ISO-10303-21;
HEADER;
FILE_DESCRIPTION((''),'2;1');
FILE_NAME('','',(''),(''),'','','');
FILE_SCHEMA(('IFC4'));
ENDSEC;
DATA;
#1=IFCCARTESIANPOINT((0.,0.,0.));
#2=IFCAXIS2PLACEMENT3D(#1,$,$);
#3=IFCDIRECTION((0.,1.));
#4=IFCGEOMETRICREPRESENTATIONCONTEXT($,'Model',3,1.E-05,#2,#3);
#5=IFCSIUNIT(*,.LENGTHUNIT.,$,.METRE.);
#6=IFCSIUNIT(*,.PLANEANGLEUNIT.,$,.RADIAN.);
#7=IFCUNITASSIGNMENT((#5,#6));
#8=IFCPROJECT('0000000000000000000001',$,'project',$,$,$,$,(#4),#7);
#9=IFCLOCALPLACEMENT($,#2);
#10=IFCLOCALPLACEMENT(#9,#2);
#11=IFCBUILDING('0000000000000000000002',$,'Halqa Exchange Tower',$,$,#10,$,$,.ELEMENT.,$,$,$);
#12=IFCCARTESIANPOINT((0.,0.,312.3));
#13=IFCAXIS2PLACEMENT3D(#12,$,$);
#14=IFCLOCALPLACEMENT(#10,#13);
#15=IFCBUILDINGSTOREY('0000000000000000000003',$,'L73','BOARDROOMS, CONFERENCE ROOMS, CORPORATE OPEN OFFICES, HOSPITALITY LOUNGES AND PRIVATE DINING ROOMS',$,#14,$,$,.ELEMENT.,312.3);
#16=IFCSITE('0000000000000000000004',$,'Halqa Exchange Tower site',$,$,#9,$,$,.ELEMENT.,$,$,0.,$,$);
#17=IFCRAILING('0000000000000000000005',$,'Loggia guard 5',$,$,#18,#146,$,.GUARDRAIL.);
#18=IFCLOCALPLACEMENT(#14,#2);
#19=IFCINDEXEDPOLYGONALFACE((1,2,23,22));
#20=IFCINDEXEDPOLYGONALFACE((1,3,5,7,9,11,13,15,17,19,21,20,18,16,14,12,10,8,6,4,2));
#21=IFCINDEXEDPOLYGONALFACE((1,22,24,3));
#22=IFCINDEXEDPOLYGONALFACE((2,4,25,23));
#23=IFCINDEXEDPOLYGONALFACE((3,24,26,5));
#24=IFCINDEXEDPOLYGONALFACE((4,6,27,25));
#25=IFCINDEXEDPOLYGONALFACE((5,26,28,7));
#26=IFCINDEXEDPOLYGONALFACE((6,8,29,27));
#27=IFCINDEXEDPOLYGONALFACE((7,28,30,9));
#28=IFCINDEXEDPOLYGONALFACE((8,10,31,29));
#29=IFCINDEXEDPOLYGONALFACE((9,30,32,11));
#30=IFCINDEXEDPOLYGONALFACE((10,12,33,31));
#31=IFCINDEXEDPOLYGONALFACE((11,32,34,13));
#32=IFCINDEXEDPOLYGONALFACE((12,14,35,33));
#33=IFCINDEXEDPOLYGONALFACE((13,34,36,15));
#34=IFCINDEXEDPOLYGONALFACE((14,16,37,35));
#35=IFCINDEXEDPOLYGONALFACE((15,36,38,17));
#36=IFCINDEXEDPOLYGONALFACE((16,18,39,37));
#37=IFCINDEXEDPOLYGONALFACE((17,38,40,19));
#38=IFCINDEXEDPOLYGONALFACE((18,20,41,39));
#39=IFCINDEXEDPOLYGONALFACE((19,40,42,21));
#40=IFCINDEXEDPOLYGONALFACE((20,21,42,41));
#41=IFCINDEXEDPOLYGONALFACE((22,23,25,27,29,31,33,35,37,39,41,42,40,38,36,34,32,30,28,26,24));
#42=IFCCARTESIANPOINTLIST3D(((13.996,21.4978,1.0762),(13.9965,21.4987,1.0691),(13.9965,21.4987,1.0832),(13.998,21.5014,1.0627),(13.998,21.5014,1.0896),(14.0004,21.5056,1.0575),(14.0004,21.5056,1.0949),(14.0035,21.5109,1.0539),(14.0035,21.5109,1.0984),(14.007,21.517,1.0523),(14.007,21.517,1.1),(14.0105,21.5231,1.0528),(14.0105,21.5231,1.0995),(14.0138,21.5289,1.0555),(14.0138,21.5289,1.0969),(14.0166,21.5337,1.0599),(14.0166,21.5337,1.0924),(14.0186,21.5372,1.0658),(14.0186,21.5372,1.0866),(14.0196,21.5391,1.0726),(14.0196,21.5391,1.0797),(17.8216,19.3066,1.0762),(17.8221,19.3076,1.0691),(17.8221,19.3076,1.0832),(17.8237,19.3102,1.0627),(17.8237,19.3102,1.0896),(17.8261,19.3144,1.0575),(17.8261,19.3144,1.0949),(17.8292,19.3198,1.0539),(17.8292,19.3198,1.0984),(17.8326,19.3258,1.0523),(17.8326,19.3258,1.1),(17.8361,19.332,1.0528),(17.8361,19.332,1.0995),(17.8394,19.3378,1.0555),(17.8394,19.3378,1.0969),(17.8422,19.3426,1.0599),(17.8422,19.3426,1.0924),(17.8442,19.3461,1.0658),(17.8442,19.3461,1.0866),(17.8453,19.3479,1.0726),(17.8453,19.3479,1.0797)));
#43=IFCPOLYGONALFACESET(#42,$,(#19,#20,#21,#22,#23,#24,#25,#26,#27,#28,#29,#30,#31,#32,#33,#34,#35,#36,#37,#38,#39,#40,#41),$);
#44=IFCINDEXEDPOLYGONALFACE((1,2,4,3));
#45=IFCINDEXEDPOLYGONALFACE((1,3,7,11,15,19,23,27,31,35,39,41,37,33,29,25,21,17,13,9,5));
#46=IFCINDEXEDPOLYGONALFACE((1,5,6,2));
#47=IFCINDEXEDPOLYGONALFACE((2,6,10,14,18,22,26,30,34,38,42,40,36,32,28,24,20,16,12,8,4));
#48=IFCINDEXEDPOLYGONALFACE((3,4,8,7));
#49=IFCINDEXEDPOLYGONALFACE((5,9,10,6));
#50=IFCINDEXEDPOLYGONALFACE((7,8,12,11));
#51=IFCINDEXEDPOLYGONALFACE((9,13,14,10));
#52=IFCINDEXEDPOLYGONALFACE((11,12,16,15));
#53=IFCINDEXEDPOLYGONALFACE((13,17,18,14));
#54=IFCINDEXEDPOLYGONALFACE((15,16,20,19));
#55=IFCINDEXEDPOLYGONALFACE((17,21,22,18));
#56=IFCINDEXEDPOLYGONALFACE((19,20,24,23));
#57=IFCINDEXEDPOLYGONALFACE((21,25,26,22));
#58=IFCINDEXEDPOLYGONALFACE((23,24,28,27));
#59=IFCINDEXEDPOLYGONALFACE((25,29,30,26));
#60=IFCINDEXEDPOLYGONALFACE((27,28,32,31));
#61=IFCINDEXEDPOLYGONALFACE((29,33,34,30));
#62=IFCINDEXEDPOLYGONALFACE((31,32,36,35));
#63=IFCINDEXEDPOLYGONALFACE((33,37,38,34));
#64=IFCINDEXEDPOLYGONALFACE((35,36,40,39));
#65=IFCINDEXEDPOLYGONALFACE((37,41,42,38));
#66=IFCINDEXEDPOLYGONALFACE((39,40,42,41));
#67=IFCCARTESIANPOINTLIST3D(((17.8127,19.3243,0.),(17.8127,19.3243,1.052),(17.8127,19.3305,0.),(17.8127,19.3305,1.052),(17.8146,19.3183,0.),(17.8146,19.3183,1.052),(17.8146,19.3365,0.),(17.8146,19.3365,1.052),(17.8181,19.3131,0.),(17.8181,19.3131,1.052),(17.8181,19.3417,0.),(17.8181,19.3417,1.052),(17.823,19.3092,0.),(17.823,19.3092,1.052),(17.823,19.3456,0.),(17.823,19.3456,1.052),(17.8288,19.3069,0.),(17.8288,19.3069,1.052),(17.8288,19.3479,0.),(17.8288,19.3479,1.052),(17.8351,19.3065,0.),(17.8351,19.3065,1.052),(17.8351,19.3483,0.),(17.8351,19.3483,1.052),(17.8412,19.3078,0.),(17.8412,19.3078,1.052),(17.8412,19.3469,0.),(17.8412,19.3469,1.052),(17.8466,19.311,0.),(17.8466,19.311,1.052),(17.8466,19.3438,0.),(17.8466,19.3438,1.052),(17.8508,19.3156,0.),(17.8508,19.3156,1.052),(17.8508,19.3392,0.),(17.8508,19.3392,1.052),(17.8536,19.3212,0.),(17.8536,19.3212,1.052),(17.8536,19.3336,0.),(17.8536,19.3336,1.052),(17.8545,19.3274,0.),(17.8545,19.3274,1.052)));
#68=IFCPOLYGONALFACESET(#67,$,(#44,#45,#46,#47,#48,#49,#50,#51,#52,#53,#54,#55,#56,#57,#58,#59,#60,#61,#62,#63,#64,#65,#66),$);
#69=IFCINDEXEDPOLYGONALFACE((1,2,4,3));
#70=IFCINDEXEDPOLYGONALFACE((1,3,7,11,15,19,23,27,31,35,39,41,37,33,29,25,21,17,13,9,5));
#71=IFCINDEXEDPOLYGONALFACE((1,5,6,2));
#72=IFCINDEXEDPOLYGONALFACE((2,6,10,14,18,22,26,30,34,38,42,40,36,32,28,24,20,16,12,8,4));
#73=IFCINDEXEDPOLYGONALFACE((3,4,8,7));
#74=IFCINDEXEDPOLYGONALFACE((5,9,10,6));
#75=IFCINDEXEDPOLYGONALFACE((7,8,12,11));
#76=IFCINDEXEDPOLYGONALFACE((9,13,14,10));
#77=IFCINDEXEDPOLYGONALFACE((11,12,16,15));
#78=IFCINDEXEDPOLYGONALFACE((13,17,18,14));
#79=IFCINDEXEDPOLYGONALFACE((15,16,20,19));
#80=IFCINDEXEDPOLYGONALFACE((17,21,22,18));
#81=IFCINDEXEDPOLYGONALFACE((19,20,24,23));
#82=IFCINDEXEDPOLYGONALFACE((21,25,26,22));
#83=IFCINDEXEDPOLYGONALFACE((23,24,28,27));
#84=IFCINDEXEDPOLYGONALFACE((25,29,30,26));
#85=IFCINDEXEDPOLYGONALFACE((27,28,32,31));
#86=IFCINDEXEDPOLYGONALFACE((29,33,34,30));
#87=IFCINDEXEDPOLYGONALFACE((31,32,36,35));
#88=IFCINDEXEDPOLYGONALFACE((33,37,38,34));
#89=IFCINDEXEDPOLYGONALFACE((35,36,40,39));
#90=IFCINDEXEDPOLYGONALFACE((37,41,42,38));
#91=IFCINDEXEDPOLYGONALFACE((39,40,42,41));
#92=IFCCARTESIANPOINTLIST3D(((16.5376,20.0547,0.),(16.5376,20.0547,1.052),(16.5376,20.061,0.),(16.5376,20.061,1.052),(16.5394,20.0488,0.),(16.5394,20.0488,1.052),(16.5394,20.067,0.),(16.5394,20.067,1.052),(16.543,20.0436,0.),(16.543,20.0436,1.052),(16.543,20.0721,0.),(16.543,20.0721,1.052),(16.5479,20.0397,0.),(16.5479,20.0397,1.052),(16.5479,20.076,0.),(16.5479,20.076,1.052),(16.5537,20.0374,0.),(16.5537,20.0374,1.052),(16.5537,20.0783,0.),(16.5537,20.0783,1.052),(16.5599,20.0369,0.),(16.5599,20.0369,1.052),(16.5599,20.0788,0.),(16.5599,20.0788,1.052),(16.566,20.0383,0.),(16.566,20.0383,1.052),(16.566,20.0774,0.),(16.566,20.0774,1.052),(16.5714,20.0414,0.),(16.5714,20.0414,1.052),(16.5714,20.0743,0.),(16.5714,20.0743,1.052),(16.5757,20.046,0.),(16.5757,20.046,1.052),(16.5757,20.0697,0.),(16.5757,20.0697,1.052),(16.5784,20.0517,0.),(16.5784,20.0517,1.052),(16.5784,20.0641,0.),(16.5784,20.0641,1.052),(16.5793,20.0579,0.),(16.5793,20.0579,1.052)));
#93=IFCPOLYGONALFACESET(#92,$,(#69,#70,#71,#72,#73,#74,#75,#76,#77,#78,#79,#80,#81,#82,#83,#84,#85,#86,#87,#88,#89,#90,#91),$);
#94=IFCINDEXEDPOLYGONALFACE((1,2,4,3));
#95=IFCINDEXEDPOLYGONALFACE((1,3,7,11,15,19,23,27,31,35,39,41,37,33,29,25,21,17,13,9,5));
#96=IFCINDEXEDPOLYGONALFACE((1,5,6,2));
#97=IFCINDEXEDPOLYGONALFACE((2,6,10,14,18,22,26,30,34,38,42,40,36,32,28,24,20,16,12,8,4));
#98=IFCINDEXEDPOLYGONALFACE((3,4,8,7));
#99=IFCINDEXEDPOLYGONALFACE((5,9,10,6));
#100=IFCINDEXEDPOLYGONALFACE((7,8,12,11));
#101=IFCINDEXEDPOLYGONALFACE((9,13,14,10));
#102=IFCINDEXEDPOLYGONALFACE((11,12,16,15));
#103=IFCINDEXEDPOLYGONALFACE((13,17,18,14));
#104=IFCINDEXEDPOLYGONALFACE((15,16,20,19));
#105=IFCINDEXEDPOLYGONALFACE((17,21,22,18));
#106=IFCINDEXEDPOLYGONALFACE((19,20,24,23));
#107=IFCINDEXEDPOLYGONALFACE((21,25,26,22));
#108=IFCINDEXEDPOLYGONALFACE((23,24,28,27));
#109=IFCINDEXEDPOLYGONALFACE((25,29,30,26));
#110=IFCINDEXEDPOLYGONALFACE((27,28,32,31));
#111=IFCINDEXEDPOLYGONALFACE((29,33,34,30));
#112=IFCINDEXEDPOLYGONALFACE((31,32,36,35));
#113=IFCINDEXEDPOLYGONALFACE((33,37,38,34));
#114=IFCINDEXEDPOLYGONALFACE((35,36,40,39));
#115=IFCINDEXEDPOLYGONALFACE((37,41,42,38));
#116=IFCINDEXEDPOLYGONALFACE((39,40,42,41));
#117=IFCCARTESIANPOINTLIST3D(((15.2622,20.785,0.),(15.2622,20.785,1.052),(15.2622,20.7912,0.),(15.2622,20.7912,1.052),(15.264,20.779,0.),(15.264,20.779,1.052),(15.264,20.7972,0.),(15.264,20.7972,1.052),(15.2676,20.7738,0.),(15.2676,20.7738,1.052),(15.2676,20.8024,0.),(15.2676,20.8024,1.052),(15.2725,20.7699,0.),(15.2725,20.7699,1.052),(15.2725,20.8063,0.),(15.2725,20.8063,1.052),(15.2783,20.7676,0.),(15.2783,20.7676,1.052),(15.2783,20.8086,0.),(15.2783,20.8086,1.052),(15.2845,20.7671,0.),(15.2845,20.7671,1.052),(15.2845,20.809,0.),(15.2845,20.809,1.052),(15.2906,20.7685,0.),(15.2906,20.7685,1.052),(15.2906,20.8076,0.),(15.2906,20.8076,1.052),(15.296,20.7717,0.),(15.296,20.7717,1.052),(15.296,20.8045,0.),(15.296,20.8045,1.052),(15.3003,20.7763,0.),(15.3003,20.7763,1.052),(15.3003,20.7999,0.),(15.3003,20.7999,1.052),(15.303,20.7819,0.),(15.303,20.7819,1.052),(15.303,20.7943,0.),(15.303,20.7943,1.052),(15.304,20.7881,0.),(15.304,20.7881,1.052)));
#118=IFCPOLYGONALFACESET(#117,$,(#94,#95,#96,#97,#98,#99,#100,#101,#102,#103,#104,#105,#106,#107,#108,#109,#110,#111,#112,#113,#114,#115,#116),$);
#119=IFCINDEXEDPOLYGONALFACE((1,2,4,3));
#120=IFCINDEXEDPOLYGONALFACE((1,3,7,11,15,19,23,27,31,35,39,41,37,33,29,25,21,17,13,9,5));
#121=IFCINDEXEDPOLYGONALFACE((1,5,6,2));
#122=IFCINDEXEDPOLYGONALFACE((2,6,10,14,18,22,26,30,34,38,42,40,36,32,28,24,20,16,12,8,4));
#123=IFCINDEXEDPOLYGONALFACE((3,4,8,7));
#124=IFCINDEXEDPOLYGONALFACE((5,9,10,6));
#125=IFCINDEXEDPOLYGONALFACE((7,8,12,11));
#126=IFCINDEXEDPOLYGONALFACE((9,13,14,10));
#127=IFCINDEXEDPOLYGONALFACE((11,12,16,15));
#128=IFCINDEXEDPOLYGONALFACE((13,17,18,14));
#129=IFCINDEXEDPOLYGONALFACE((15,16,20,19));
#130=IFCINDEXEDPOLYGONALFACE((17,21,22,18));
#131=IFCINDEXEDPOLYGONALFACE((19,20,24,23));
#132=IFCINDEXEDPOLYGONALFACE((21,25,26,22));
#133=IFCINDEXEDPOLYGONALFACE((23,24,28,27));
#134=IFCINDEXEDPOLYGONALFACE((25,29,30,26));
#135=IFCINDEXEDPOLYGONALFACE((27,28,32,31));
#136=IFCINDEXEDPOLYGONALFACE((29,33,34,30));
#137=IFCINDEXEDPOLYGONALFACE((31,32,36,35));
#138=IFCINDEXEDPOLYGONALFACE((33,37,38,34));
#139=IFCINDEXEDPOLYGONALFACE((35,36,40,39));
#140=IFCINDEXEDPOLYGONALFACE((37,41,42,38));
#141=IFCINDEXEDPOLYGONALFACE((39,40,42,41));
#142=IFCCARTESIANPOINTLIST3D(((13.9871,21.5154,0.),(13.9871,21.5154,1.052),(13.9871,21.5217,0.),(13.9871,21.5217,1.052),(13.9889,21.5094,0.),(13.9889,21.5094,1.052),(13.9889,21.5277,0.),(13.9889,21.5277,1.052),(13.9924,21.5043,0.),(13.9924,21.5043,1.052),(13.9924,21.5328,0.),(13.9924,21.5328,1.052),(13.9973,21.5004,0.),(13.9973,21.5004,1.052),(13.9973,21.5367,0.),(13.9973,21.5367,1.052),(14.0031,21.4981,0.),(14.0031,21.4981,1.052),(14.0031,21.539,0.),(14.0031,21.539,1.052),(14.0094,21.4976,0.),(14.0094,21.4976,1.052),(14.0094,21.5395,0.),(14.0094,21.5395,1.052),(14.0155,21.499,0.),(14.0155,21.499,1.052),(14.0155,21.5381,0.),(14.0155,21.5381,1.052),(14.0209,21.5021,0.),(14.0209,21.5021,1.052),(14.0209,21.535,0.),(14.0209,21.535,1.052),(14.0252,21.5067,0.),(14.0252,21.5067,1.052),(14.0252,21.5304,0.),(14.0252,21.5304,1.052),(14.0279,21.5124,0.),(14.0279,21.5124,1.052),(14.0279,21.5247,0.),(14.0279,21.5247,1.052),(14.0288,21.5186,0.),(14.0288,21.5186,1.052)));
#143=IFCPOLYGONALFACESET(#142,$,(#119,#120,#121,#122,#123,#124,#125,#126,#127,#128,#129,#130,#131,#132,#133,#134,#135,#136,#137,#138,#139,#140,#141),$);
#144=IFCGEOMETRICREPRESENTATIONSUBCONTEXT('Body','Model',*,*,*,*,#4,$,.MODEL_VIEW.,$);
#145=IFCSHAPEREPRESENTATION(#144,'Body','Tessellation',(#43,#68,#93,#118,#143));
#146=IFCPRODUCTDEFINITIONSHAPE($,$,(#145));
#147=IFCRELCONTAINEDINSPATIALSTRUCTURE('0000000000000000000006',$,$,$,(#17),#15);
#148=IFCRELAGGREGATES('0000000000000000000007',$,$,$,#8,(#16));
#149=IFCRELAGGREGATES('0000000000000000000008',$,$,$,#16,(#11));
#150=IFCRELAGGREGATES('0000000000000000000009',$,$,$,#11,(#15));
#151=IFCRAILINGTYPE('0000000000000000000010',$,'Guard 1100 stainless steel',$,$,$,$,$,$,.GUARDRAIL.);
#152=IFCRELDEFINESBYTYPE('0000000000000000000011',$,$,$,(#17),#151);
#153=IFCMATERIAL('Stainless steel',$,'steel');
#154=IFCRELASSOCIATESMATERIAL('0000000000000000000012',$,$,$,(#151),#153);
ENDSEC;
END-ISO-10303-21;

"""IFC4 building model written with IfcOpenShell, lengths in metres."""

from ifc_helpers import new_model, si_unit, direction, frame, origin, origin_2d, place, context, subcontext, project, spatial, circle, extrude, material, type_object, element, save


model = new_model("IFC4")

# Units and contexts
model_context = context("Model", 3, precision=1e-05, world=origin(), true_north=direction((0.0, 1.0)))
body_context = subcontext(model_context, "Body", "Model", "MODEL_VIEW")
ifc_project = project(units=[si_unit("LENGTHUNIT", "METRE"), si_unit("PLANEANGLEUNIT", "RADIAN")], contexts=[model_context])

# Site, building, storey
site_placement = place(None, origin())
site = spatial("IfcSite", under=ifc_project, at=site_placement, Name="Halqa Exchange Tower site", CompositionType="ELEMENT", RefElevation=0.0)
building_placement = place(site_placement, origin())
building = spatial("IfcBuilding", under=site, at=building_placement, Name="Halqa Exchange Tower", CompositionType="ELEMENT")
storey_placement = place(building_placement, frame((0.0, 0.0, 312.3)))
storey = spatial("IfcBuildingStorey", under=building, at=storey_placement, Name="L73", Description="BOARDROOMS, CONFERENCE ROOMS, CORPORATE OPEN OFFICES, HOSPITALITY LOUNGES AND PRIVATE DINING ROOMS", CompositionType="ELEMENT", Elevation=312.3)

# Railing
ifc_material_1 = material(Name="Stainless steel", Category="steel")
railing_type = type_object("IfcRailingType", Name="Guard 1100 stainless steel", PredefinedType="GUARDRAIL", material=ifc_material_1)
railing_1_placement = place(storey_placement, frame((17.8335, 19.3274, 0.0)))
element("IfcRailing", 1, at=railing_1_placement, inside=storey, type_object=railing_type, Name="Loggia guard 5", PredefinedType="GUARDRAIL", context=body_context, shape_type="SweptSolid", body=[
    extrude(circle(Radius=0.0239, at=origin_2d()), frame((0.0, 0.0, 1.0762), z_axis=(-0.867749, 0.497003, 0.0), x_axis=(-0.497003, -0.867749, 0.0)), (0.0, 0.0, 1.0), 4.4087),
    extrude(circle(Radius=0.021, at=origin_2d()), origin(), (0.0, 0.0, 1.0), 1.052),
    extrude(circle(Radius=0.021, at=origin_2d()), frame((-1.2751, 0.7305, 0.0)), (0.0, 0.0, 1.0), 1.052),
    extrude(circle(Radius=0.021, at=origin_2d()), frame((-2.5505, 1.4607, 0.0)), (0.0, 0.0, 1.0), 1.052),
    extrude(circle(Radius=0.021, at=origin_2d()), frame((-3.8257, 2.1912, 0.0)), (0.0, 0.0, 1.0), 1.052),
])

save(model, "model.ifc")
